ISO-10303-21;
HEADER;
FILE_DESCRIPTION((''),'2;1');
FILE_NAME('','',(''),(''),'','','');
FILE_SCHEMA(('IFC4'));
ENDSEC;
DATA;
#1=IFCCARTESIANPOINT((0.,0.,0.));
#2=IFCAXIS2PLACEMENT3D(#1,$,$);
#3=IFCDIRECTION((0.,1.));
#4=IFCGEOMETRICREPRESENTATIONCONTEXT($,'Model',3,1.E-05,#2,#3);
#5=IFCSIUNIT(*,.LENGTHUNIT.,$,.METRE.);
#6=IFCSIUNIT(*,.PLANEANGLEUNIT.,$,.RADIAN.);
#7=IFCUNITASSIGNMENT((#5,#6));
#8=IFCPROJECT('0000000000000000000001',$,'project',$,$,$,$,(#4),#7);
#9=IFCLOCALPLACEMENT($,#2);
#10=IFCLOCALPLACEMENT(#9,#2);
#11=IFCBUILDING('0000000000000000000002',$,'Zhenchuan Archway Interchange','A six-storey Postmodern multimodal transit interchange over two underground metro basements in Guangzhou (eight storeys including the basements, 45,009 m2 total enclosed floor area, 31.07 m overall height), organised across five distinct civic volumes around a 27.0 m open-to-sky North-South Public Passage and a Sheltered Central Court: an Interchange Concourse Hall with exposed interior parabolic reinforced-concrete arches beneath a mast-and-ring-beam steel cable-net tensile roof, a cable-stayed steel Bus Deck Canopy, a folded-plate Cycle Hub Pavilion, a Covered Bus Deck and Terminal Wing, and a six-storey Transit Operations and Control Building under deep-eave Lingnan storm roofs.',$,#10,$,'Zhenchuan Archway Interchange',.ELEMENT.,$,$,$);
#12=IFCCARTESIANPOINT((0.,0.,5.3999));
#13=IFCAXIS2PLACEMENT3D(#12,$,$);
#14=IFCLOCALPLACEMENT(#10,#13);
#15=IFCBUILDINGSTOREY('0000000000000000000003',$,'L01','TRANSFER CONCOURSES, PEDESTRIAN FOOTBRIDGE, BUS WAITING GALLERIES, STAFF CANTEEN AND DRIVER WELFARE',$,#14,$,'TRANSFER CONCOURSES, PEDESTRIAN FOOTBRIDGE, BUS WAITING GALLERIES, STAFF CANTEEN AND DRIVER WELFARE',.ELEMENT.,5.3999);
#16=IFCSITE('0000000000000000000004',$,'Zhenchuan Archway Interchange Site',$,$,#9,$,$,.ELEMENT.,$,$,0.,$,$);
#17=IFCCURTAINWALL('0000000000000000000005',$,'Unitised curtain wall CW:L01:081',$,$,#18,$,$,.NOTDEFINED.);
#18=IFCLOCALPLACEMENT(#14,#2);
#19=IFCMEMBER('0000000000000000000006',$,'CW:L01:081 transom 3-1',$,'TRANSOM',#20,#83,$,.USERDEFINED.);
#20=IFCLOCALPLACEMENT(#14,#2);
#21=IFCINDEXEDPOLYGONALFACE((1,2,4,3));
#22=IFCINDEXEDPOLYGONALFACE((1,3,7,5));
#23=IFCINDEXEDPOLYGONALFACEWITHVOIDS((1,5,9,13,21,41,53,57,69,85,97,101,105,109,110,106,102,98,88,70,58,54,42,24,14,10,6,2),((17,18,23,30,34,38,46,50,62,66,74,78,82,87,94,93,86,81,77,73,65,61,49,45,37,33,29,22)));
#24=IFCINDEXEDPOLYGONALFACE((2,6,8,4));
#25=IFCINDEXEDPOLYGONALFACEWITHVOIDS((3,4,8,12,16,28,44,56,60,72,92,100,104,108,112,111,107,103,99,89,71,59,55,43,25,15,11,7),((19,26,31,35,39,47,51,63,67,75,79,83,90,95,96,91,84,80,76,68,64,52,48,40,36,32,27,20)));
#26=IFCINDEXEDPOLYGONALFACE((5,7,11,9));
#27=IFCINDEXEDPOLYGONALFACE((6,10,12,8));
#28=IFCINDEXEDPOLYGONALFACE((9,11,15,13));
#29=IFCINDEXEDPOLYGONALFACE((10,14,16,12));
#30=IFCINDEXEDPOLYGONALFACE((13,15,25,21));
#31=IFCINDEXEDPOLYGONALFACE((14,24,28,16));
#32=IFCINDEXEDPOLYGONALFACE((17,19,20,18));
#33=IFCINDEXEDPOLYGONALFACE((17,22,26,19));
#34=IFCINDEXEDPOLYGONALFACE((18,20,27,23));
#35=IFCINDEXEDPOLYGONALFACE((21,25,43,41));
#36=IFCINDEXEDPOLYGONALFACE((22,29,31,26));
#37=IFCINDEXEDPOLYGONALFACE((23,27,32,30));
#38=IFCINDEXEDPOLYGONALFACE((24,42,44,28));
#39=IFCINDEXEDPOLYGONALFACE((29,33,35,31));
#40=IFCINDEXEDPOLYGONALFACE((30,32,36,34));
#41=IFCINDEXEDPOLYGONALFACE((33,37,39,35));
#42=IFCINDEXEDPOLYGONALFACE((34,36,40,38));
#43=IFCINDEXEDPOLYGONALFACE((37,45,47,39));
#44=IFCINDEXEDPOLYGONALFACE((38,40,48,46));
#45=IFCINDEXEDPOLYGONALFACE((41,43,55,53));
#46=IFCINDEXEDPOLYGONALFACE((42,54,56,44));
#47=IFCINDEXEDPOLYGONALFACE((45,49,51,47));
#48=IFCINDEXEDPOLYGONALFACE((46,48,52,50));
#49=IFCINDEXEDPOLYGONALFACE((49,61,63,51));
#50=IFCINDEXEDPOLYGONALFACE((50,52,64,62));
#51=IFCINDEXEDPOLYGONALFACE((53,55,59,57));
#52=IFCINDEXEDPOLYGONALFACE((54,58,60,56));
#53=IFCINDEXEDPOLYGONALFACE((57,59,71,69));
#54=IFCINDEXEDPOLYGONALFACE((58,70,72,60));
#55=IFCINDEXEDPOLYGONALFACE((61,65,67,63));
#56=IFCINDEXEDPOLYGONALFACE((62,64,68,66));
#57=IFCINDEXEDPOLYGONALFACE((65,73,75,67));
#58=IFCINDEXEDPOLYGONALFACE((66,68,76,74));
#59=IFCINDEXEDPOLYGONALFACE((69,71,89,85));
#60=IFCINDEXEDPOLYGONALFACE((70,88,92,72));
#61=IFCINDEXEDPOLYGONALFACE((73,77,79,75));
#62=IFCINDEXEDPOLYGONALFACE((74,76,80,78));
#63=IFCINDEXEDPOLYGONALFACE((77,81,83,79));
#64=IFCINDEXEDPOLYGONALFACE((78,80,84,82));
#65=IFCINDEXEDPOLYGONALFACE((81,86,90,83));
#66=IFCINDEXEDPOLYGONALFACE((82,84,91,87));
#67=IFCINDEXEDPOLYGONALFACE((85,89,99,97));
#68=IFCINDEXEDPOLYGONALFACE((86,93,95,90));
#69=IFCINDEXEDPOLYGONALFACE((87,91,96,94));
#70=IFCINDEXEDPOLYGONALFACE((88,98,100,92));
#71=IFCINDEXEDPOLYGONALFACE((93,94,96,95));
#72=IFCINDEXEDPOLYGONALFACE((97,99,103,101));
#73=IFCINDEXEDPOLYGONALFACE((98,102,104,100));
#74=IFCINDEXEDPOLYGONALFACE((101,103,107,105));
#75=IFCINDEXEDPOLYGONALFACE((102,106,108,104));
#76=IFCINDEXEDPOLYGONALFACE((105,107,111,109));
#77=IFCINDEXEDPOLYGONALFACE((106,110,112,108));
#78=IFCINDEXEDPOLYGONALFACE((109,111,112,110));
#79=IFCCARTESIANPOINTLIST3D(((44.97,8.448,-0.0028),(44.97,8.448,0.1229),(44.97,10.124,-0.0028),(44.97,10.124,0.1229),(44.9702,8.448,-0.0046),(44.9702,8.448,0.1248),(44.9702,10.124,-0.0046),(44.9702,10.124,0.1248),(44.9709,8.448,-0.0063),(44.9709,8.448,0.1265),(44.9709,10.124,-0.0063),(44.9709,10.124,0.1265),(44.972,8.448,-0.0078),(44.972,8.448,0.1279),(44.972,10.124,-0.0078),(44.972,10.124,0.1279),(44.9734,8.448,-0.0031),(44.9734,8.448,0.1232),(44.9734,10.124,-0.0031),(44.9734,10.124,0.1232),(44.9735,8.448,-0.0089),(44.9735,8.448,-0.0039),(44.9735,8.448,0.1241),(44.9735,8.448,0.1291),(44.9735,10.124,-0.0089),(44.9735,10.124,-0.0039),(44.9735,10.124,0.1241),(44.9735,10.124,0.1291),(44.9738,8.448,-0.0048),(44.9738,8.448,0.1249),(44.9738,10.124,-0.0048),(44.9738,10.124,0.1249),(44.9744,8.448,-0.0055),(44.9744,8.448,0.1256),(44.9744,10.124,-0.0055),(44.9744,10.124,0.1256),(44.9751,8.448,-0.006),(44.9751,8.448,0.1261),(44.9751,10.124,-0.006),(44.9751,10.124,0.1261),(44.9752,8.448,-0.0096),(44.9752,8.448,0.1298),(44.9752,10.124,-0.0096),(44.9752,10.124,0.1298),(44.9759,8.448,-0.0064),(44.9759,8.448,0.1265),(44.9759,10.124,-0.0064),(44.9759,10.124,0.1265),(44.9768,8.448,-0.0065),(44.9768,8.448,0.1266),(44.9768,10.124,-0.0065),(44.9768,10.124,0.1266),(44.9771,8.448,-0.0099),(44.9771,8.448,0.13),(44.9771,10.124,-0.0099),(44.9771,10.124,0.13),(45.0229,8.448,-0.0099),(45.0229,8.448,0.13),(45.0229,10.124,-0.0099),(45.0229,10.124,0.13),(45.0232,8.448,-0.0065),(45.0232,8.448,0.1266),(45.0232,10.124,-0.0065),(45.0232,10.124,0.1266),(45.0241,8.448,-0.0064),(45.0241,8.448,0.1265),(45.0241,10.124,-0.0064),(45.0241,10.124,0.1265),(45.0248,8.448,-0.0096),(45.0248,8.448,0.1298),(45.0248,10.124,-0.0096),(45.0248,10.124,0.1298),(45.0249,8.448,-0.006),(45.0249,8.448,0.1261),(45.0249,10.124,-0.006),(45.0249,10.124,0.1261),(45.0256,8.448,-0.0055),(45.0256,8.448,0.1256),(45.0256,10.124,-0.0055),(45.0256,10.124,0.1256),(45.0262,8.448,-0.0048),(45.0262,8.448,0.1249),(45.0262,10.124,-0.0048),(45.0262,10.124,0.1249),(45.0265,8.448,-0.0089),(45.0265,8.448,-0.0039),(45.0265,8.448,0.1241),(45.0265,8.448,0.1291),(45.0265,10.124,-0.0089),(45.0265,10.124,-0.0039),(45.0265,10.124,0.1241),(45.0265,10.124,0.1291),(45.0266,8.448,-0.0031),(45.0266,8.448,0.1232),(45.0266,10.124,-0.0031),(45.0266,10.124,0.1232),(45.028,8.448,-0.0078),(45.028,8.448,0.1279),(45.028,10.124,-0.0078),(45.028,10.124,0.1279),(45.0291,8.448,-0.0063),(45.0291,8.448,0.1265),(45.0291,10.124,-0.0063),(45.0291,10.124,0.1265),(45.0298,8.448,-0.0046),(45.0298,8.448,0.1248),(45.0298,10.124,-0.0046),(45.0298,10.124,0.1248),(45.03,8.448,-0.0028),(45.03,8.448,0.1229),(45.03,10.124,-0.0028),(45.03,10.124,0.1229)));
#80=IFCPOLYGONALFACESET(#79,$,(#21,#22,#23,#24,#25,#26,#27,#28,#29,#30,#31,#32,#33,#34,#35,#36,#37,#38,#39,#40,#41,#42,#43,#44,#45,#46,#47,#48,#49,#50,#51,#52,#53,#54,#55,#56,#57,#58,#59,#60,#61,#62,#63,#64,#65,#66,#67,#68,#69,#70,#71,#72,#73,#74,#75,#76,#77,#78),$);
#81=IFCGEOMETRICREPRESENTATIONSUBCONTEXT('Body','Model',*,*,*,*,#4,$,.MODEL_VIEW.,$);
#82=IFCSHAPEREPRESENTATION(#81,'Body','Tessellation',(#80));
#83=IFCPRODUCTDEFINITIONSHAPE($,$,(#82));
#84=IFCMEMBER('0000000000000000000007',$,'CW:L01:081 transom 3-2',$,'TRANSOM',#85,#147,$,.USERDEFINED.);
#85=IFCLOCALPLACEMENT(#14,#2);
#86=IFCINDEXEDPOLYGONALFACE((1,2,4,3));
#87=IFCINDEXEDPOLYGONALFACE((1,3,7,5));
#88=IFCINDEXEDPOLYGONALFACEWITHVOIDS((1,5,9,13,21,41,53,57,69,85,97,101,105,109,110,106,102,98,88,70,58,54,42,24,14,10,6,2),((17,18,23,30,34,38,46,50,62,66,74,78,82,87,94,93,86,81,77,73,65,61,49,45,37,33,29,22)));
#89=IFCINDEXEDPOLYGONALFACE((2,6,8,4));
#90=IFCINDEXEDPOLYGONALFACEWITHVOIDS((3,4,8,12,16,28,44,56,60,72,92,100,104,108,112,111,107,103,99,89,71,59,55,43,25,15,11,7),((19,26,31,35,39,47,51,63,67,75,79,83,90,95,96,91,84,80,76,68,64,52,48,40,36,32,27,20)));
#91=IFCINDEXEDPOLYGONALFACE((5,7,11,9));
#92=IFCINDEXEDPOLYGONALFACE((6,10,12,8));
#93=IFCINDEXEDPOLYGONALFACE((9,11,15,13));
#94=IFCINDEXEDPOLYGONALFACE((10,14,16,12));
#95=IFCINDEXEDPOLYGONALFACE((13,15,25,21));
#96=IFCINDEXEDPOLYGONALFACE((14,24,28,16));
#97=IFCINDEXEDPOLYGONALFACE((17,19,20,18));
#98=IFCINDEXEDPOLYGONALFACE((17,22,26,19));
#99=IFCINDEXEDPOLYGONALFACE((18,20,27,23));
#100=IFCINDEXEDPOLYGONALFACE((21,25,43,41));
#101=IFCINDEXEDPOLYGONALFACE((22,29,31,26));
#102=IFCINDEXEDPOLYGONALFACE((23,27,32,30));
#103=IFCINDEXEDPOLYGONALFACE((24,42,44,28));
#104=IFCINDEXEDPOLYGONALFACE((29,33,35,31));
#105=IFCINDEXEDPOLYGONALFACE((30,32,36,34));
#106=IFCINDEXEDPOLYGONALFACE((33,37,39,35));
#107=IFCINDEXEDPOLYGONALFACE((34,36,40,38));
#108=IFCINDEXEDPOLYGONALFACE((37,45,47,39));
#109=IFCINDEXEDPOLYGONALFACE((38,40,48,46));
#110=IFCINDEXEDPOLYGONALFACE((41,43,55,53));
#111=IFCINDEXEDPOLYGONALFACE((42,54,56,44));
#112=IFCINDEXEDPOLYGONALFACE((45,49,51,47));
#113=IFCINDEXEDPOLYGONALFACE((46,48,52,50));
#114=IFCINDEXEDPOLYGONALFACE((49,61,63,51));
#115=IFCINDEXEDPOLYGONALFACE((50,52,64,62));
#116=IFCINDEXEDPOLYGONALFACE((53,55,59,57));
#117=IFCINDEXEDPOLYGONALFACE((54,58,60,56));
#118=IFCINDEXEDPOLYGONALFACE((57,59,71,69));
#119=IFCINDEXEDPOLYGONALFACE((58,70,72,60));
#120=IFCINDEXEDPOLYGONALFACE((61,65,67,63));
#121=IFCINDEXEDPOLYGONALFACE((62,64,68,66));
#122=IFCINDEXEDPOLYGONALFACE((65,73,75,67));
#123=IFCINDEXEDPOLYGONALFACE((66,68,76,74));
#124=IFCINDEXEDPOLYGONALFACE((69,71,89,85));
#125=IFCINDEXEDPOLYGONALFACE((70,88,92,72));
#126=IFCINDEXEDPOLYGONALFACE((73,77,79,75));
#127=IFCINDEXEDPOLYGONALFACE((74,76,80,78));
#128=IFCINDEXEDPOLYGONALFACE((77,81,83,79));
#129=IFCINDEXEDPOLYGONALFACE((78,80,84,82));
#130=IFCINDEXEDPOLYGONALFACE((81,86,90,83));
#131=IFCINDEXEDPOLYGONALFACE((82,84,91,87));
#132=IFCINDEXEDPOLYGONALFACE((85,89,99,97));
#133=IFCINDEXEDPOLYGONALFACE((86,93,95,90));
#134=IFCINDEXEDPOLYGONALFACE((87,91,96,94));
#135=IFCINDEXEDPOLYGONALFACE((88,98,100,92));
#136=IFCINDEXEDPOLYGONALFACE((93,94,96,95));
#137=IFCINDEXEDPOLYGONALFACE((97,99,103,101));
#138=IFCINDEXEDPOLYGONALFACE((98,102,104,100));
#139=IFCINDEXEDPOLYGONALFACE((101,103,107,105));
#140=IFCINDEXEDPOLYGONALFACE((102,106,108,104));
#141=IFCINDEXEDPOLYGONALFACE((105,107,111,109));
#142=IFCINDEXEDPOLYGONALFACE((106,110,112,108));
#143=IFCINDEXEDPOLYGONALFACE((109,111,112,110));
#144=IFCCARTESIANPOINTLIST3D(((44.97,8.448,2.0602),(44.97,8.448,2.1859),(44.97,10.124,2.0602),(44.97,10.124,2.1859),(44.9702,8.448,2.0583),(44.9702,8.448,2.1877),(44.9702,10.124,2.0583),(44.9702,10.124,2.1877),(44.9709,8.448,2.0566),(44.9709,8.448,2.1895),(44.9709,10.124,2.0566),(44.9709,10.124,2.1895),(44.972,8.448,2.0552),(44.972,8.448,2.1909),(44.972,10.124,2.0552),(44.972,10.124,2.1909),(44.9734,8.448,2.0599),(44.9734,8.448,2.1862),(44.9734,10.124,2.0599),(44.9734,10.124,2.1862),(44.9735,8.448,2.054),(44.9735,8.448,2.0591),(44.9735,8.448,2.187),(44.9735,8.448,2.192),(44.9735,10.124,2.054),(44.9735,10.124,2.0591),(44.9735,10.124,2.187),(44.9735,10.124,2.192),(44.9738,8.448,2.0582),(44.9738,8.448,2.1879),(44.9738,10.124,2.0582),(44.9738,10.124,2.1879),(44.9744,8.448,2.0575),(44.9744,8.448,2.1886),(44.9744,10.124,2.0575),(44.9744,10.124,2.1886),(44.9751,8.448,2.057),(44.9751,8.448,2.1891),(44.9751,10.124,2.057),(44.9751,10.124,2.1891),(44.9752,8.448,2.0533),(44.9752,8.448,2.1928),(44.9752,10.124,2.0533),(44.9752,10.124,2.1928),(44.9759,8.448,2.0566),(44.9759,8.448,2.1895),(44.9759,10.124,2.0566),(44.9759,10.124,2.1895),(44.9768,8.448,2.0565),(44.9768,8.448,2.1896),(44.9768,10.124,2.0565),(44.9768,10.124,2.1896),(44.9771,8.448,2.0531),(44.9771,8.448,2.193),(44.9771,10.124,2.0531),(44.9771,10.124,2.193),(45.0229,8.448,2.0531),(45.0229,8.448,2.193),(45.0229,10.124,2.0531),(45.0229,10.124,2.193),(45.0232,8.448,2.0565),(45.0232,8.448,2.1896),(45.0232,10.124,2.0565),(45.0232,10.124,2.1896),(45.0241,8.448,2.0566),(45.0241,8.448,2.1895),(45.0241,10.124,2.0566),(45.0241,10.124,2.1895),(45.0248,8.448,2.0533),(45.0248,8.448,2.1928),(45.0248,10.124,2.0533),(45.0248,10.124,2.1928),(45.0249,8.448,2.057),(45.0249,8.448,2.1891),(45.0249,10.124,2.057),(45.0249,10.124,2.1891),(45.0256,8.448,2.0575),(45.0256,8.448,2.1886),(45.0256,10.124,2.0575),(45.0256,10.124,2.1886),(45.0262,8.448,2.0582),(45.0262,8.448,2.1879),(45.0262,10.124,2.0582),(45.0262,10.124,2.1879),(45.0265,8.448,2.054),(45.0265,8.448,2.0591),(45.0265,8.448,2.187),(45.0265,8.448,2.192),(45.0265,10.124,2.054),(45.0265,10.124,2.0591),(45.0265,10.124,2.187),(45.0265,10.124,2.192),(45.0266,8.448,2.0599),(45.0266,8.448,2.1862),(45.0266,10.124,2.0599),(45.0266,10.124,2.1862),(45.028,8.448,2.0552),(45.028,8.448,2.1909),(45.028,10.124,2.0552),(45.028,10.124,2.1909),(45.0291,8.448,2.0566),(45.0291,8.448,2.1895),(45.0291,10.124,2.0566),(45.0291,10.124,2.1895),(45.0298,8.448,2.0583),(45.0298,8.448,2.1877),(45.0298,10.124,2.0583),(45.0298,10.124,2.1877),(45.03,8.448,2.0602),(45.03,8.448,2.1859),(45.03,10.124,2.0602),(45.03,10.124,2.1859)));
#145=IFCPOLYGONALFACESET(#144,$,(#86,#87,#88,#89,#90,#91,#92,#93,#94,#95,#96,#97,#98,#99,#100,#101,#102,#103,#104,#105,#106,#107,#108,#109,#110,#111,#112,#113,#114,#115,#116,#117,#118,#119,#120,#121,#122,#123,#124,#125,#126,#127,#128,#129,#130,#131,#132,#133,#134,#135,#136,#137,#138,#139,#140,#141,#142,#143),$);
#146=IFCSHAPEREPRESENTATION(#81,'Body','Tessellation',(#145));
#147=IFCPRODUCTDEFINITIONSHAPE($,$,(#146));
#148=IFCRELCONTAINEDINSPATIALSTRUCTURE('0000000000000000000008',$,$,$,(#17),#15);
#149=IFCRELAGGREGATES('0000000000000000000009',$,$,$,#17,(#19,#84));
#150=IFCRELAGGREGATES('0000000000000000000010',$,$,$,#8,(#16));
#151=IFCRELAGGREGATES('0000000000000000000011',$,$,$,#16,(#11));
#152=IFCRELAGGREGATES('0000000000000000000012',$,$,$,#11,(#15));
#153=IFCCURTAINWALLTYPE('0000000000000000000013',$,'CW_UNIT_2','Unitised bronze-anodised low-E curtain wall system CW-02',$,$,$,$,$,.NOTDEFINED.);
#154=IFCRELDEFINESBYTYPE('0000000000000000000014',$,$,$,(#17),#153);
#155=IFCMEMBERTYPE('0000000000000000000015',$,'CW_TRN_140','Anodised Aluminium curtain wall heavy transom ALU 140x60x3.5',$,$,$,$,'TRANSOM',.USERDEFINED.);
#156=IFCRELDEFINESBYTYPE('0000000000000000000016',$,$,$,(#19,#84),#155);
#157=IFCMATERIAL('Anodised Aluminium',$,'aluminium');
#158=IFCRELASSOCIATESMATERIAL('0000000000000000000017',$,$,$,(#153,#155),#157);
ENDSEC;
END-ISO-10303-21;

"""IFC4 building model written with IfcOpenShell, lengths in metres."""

from ifc_helpers import new_model, si_unit, direction, frame, origin, origin_2d, place, context, subcontext, project, spatial, hollow_rectangle, extrude, material, material_profile, profile_set, type_object, element, aggregate, save


model = new_model("IFC4")

# Units and contexts
model_context = context("Model", 3, precision=1e-05, world=origin(), true_north=direction((0.0, 1.0)))
body_context = subcontext(model_context, "Body", "Model", "MODEL_VIEW")
ifc_project = project(units=[si_unit("LENGTHUNIT", "METRE"), si_unit("PLANEANGLEUNIT", "RADIAN")], contexts=[model_context])

# Site, building, storey
site_placement = place(None, origin())
site = spatial("IfcSite", under=ifc_project, at=site_placement, Name="Zhenchuan Archway Interchange Site", CompositionType="ELEMENT", RefElevation=0.0)
building_placement = place(site_placement, origin())
building = spatial("IfcBuilding", under=site, at=building_placement, Name="Zhenchuan Archway Interchange", Description="A six-storey Postmodern multimodal transit interchange over two underground metro basements in Guangzhou (eight storeys including the basements, 45,009 m2 total enclosed floor area, 31.07 m overall height), organised across five distinct civic volumes around a 27.0 m open-to-sky North-South Public Passage and a Sheltered Central Court: an Interchange Concourse Hall with exposed interior parabolic reinforced-concrete arches beneath a mast-and-ring-beam steel cable-net tensile roof, a cable-stayed steel Bus Deck Canopy, a folded-plate Cycle Hub Pavilion, a Covered Bus Deck and Terminal Wing, and a six-storey Transit Operations and Control Building under deep-eave Lingnan storm roofs.", LongName="Zhenchuan Archway Interchange", CompositionType="ELEMENT")
storey_placement = place(building_placement, frame((0.0, 0.0, 5.3999)))
storey = spatial("IfcBuildingStorey", under=building, at=storey_placement, Name="L01", Description="TRANSFER CONCOURSES, PEDESTRIAN FOOTBRIDGE, BUS WAITING GALLERIES, STAFF CANTEEN AND DRIVER WELFARE", LongName="TRANSFER CONCOURSES, PEDESTRIAN FOOTBRIDGE, BUS WAITING GALLERIES, STAFF CANTEEN AND DRIVER WELFARE", CompositionType="ELEMENT", Elevation=5.3999)

# Curtain wall
ifc_material_1 = material(Name="Anodised Aluminium", Category="aluminium")
curtain_wall_type_1 = type_object("IfcCurtainWallType", Name="CW_UNIT_2", Description="Unitised bronze-anodised low-E curtain wall system CW-02", PredefinedType="NOTDEFINED", material=ifc_material_1)
curtain_wall_1_placement = place(storey_placement, origin())
curtain_wall_1 = element("IfcCurtainWall", 1, at=curtain_wall_1_placement, inside=storey, type_object=curtain_wall_type_1, Name="Unitised curtain wall CW:L01:081", PredefinedType="NOTDEFINED")

# Members
ifc_material_profile_1 = material_profile(ifc_material_1, hollow_rectangle(XDim=0.0601, YDim=0.1399, WallThickness=0.0034, InnerFilletRadius=0.0034, OuterFilletRadius=0.0071, at=origin_2d()), Name="ALU 140x60x3.5")
ifc_profile_set_1 = profile_set([ifc_material_profile_1], Name="Anodised Aluminium")
member_type_1 = type_object("IfcMemberType", Name="CW_TRN_140", Description="Anodised Aluminium curtain wall heavy transom ALU 140x60x3.5", ElementType="TRANSOM", PredefinedType="USERDEFINED", material=ifc_profile_set_1)
member_1_placement = place(storey_placement, frame((45.0, 10.124, 0.0601), z_axis=(0.0, -1.0, 0.0), x_axis=(1.0, 0.0, 0.0)))
member_1 = element("IfcMember", 2, at=member_1_placement, type_object=member_type_1, Name="CW:L01:081 transom 3-1", ObjectType="TRANSOM", PredefinedType="USERDEFINED", context=body_context, shape_type="SweptSolid", body=[
    extrude(hollow_rectangle(XDim=0.0601, YDim=0.1399, WallThickness=0.0034, InnerFilletRadius=0.0034, OuterFilletRadius=0.0071, at=origin_2d()), origin(), (0.0, 0.0, 1.0), 1.676),
])
member_2_placement = place(storey_placement, frame((45.0, 10.124, 2.123), z_axis=(0.0, -1.0, 0.0), x_axis=(1.0, 0.0, 0.0)))
member_2 = element("IfcMember", 3, at=member_2_placement, type_object=member_type_1, Name="CW:L01:081 transom 3-2", ObjectType="TRANSOM", PredefinedType="USERDEFINED", context=body_context, shape_type="SweptSolid", body=[
    extrude(hollow_rectangle(XDim=0.0601, YDim=0.1399, WallThickness=0.0034, InnerFilletRadius=0.0034, OuterFilletRadius=0.0071, at=origin_2d()), origin(), (0.0, 0.0, 1.0), 1.676),
])

aggregate(curtain_wall_1, [member_1, member_2])

save(model, "model.ifc")
